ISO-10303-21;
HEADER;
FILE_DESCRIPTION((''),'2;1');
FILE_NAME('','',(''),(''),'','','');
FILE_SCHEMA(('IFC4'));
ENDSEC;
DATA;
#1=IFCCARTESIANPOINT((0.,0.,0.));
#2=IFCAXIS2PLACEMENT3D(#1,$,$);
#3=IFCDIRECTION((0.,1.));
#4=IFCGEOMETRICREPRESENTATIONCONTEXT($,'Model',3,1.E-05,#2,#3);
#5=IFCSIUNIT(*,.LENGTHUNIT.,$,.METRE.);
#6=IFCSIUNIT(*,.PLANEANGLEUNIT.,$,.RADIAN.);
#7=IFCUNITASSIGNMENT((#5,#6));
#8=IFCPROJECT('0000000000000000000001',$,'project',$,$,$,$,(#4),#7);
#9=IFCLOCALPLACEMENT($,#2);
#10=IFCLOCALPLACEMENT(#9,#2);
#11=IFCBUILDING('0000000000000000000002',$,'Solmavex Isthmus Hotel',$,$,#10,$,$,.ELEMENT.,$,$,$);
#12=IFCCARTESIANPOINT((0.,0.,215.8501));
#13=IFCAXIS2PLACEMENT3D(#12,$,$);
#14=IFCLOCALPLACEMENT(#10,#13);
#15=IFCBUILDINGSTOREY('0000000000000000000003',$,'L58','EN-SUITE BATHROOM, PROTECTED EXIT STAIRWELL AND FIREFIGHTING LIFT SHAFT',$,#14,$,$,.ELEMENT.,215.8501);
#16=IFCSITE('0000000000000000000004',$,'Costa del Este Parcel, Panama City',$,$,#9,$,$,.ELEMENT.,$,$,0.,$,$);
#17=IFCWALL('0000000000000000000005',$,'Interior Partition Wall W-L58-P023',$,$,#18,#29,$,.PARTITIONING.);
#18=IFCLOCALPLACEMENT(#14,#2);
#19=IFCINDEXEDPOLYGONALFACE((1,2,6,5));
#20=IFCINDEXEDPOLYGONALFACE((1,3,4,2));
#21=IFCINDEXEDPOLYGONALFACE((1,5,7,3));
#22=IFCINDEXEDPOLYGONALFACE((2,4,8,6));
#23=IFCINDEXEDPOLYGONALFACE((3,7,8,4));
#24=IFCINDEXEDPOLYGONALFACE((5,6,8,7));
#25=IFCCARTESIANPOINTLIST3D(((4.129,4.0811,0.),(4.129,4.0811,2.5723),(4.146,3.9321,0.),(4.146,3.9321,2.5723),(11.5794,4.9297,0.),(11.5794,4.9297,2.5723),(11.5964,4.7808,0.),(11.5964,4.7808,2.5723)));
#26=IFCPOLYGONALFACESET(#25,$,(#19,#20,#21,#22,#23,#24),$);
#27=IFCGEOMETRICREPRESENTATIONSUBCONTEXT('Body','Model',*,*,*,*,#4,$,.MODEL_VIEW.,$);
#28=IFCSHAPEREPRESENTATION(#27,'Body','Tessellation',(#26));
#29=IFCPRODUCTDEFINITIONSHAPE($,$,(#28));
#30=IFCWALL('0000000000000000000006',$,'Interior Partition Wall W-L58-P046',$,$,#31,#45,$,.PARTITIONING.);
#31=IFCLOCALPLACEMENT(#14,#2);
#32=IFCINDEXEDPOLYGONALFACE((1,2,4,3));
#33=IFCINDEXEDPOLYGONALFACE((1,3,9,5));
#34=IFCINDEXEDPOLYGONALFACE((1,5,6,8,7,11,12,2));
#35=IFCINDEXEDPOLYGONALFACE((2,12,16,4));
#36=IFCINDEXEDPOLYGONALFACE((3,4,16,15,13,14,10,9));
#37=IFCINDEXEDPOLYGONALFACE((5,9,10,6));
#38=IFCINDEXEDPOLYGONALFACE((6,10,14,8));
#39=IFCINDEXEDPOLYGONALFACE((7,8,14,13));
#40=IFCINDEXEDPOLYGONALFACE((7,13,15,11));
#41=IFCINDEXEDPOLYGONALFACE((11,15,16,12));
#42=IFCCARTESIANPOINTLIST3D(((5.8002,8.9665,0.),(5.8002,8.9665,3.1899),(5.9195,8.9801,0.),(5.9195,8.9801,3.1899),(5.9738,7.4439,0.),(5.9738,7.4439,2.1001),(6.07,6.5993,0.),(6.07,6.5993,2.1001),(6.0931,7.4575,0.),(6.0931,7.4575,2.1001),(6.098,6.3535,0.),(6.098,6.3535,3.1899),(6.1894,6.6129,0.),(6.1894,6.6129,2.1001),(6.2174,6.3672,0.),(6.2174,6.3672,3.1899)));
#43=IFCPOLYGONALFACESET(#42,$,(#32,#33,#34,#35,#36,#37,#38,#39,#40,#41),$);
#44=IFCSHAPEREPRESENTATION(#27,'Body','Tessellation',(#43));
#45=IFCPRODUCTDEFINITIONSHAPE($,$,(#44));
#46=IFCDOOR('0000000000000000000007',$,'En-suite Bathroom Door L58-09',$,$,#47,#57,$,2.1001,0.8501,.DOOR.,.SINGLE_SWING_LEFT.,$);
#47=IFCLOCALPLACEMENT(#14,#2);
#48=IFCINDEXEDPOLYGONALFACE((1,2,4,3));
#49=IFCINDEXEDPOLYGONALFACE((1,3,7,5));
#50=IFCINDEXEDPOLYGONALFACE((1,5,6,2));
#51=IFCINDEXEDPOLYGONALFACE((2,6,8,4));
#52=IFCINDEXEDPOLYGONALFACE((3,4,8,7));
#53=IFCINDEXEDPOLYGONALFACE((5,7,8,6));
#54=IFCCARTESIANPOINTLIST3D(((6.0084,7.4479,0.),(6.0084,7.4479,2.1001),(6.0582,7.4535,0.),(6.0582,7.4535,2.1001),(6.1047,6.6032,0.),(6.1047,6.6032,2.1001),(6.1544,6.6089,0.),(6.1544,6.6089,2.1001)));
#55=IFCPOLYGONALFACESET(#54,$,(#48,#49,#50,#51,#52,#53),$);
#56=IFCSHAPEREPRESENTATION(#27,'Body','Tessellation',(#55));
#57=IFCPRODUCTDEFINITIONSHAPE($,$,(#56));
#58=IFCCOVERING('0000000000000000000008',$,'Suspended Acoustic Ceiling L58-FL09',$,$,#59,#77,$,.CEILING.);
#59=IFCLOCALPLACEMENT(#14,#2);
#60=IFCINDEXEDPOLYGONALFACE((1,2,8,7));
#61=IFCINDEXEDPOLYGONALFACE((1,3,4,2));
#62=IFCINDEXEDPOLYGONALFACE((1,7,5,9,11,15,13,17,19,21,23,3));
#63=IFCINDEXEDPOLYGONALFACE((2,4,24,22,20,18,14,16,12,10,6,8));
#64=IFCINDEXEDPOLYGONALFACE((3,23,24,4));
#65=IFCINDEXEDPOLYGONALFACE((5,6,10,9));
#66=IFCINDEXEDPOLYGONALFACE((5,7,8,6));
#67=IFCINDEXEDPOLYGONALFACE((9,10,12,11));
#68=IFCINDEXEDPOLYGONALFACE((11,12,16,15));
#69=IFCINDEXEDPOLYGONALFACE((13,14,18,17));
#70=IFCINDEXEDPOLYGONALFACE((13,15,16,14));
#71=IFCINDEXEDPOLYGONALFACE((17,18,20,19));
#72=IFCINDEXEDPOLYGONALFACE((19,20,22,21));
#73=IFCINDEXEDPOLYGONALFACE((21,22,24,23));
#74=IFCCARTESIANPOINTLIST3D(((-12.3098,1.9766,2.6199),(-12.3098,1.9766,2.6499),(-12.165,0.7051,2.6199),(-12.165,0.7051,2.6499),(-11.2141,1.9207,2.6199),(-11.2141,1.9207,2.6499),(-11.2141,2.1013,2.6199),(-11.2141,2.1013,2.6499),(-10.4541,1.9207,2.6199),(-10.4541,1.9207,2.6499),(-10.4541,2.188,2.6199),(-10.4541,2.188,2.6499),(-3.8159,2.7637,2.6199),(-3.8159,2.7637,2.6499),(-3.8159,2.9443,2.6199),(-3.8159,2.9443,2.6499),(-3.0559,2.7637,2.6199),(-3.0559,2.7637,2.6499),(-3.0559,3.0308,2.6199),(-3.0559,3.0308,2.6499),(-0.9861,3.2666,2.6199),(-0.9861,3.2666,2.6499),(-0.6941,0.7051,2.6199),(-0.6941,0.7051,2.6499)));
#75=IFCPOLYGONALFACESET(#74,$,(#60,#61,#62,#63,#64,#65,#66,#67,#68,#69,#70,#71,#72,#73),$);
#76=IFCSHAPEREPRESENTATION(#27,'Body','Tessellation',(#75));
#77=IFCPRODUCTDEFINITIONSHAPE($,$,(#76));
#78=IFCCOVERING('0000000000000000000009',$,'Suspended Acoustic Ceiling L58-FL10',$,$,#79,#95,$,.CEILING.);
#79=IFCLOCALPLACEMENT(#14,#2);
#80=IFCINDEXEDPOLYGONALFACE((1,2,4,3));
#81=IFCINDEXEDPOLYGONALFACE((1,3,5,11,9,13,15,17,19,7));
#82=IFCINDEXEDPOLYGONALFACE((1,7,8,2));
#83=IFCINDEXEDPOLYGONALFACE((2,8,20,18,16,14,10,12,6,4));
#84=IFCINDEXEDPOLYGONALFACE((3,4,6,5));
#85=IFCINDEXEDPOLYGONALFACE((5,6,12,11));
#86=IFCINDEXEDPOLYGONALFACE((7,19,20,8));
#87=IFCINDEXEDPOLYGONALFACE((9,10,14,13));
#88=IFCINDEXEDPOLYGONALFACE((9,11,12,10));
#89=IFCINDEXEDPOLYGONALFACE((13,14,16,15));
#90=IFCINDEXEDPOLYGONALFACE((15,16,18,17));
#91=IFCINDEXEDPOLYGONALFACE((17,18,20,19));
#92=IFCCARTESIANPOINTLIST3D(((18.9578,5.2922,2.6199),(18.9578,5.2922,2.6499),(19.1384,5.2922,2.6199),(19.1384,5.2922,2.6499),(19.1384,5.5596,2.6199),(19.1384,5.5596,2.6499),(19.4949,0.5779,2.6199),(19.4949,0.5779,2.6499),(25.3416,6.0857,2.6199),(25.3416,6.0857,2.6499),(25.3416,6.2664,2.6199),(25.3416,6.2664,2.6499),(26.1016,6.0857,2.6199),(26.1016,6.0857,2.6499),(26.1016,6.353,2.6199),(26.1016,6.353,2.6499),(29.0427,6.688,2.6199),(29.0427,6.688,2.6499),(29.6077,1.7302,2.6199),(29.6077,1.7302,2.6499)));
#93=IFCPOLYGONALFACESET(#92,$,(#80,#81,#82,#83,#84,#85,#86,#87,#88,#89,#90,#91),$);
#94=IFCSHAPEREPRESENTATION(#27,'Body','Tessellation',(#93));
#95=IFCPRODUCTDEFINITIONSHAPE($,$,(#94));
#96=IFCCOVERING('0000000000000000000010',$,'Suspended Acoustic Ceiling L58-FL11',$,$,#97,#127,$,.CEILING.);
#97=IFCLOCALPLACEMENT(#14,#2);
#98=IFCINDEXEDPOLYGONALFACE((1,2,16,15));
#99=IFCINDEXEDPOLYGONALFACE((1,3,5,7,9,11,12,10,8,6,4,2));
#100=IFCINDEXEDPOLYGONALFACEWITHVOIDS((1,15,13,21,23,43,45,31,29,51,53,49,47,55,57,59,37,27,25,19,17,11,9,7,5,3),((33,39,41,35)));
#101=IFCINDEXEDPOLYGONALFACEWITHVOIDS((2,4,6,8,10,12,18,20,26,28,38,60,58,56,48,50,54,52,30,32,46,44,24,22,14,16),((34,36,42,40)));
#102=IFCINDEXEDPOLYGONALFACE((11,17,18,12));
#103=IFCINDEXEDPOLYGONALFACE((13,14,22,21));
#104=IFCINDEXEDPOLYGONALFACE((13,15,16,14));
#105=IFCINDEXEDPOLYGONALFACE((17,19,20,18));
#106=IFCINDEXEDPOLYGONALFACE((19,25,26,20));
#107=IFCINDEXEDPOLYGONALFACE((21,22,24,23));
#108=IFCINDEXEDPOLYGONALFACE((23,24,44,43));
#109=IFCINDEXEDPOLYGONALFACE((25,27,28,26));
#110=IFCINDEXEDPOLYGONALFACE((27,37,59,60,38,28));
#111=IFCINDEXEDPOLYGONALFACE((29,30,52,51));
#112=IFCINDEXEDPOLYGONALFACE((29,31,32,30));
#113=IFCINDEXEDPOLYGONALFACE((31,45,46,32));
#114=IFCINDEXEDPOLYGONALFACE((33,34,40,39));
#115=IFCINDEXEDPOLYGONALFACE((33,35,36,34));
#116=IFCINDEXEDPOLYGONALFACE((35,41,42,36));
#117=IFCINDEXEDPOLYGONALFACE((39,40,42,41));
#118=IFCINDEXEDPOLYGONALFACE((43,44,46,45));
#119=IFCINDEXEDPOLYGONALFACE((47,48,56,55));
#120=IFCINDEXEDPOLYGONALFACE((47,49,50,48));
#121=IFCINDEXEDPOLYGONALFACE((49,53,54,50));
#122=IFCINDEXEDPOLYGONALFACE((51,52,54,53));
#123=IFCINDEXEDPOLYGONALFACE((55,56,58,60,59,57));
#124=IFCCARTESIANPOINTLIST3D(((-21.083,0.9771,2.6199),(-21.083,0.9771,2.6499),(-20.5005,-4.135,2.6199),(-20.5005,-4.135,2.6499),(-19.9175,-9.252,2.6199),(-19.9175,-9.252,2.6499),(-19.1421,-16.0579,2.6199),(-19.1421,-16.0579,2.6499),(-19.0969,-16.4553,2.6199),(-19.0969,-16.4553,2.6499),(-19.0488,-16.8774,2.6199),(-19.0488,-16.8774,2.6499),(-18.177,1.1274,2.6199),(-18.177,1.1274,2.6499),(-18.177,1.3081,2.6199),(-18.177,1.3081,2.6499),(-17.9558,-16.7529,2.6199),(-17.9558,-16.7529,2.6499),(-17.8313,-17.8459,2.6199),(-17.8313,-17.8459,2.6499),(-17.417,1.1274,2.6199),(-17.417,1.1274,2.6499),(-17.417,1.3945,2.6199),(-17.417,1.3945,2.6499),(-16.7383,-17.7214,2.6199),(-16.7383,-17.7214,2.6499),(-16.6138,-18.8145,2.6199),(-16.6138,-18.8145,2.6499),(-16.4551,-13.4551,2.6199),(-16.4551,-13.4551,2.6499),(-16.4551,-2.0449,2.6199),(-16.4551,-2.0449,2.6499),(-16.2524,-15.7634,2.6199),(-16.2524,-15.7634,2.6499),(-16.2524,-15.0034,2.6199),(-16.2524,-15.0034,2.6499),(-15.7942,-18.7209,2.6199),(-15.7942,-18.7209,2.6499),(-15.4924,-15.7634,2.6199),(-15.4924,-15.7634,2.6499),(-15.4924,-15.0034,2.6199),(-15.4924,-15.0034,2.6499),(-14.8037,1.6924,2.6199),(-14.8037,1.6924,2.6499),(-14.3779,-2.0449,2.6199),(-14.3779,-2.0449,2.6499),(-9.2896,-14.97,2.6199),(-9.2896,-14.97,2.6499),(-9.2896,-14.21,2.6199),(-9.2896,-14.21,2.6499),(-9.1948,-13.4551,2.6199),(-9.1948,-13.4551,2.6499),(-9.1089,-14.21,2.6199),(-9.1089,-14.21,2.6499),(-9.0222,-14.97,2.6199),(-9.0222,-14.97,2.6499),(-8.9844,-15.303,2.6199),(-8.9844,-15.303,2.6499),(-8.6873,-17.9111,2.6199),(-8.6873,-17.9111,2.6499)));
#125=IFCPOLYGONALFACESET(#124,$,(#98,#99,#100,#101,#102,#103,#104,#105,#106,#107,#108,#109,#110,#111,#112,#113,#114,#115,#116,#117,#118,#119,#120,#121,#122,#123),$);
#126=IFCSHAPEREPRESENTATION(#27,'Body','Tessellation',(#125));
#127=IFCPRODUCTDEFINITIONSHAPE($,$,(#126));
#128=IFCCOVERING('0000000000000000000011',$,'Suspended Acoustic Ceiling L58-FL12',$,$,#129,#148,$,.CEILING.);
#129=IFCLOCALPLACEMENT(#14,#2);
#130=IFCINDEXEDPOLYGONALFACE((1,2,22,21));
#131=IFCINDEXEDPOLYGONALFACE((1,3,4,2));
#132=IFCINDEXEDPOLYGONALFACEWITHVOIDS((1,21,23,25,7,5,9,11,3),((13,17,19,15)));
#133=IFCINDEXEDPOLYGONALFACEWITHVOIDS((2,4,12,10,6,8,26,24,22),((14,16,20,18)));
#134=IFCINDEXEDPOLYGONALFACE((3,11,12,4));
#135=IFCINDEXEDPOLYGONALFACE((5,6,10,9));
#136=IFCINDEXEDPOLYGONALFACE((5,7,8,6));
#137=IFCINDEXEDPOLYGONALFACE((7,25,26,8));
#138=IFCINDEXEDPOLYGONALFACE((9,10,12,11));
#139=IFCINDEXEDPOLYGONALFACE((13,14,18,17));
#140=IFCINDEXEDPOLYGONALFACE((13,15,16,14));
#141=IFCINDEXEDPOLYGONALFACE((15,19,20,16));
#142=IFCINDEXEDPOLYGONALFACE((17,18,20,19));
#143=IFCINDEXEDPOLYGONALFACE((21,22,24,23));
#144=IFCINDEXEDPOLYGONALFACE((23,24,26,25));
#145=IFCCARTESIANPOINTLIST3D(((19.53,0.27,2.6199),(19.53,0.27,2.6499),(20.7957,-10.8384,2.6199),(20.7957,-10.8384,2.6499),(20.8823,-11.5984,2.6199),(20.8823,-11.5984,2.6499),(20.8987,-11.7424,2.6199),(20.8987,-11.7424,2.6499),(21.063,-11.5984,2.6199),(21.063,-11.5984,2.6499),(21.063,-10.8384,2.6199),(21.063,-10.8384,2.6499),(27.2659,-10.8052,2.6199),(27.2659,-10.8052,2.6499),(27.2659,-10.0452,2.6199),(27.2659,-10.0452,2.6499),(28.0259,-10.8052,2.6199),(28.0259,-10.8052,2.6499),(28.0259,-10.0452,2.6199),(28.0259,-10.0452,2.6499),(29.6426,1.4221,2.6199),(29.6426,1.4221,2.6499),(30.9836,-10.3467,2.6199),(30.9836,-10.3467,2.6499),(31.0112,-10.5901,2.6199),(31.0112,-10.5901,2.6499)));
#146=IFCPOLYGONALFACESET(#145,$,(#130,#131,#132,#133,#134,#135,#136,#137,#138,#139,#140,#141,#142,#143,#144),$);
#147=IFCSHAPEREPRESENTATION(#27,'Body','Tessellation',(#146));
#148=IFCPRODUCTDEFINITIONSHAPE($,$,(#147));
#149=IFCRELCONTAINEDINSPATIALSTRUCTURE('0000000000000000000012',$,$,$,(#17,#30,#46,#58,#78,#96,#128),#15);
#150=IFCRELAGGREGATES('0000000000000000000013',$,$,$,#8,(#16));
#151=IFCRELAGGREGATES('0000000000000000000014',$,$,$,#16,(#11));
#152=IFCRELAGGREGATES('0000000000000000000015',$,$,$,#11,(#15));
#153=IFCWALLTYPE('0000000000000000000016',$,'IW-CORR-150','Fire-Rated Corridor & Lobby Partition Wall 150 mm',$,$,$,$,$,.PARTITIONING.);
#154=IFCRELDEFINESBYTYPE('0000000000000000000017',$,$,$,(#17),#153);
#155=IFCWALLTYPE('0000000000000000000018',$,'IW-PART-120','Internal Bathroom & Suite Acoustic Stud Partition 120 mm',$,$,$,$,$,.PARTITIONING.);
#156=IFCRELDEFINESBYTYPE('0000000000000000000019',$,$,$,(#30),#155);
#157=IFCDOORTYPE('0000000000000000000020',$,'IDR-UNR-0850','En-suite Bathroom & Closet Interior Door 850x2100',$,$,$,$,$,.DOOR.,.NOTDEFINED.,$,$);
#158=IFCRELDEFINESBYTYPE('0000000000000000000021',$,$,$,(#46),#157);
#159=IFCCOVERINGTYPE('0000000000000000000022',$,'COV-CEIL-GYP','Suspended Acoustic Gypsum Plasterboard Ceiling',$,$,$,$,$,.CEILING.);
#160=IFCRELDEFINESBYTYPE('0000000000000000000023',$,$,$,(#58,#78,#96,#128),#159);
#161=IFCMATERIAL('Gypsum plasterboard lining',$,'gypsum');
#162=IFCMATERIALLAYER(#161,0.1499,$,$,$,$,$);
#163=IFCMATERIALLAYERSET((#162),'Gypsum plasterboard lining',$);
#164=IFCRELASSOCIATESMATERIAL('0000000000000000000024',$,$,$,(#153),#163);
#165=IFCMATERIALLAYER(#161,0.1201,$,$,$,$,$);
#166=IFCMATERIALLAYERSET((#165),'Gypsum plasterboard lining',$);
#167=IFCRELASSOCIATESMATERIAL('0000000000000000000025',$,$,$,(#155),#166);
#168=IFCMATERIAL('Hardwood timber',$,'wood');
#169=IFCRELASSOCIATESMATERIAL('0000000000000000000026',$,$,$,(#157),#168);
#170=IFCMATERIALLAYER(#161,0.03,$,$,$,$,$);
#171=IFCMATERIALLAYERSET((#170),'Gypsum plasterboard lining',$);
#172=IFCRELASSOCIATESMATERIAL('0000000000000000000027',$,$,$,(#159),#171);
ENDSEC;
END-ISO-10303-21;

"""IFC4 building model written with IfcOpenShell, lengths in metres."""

from ifc_helpers import new_model, si_unit, direction, frame, frame_2d, origin, place, context, subcontext, project, spatial, polyline, rectangle, outline, extrude, material, layer, layer_set, type_object, element, fill, save


model = new_model("IFC4")

# Units and contexts
model_context = context("Model", 3, precision=1e-05, world=origin(), true_north=direction((0.0, 1.0)))
body_context = subcontext(model_context, "Body", "Model", "MODEL_VIEW")
ifc_project = project(units=[si_unit("LENGTHUNIT", "METRE"), si_unit("PLANEANGLEUNIT", "RADIAN")], contexts=[model_context])

# Site, building, storey
site_placement = place(None, origin())
site = spatial("IfcSite", under=ifc_project, at=site_placement, Name="Costa del Este Parcel, Panama City", CompositionType="ELEMENT", RefElevation=0.0)
building_placement = place(site_placement, origin())
building = spatial("IfcBuilding", under=site, at=building_placement, Name="Solmavex Isthmus Hotel", CompositionType="ELEMENT")
storey_placement = place(building_placement, frame((0.0, 0.0, 215.8501)))
storey = spatial("IfcBuildingStorey", under=building, at=storey_placement, Name="L58", Description="EN-SUITE BATHROOM, PROTECTED EXIT STAIRWELL AND FIREFIGHTING LIFT SHAFT", CompositionType="ELEMENT", Elevation=215.8501)

# Shared definitions
ifc_material_1 = material(Name="Gypsum plasterboard lining", Category="gypsum")
ifc_layer_1 = layer(ifc_material_1, 0.1499)
ifc_layer_set_1 = layer_set([ifc_layer_1], Name="Gypsum plasterboard lining")
wall_type_1 = type_object("IfcWallType", Name="IW-CORR-150", Description="Fire-Rated Corridor & Lobby Partition Wall 150 mm", PredefinedType="PARTITIONING", material=ifc_layer_set_1)
ifc_material_2 = material(Name="Hardwood timber", Category="wood")

# Wall
wall_1_placement = place(storey_placement, frame((11.5879, 4.8552, 0.0), z_axis=(0.0, 0.0, 1.0), x_axis=(-0.993575, -0.113172, 0.0)))
element("IfcWall", 1, at=wall_1_placement, inside=storey, type_object=wall_type_1, Name="Interior Partition Wall W-L58-P023", PredefinedType="PARTITIONING", context=body_context, shape_type="SweptSolid", body=[
    extrude(rectangle(XDim=7.4985, YDim=0.1499, at=frame_2d((3.7493, 0.0))), origin(), (0.0, 0.0, 1.0), 2.5723),
])

# Wall, opening, door
ifc_layer_2 = layer(ifc_material_1, 0.1201)
ifc_layer_set_2 = layer_set([ifc_layer_2], Name="Gypsum plasterboard lining")
wall_type_2 = type_object("IfcWallType", Name="IW-PART-120", Description="Internal Bathroom & Suite Acoustic Stud Partition 120 mm", PredefinedType="PARTITIONING", material=ifc_layer_set_2)
wall_2_placement = place(storey_placement, frame((6.1577, 6.3604, 0.0), z_axis=(0.0, 0.0, 1.0), x_axis=(-0.113253, 0.993566, 0.0)))
wall_2 = element("IfcWall", 2, at=wall_2_placement, inside=storey, type_object=wall_type_2, Name="Interior Partition Wall W-L58-P046", PredefinedType="PARTITIONING", context=body_context, shape_type="SweptSolid", body=[
    extrude(rectangle(XDim=2.6299, YDim=0.1201, at=frame_2d((1.3149, 0.0))), origin(), (0.0, 0.0, 1.0), 3.1899),
])
opening_1_placement = place(wall_2_placement, frame((0.2473, 0.0, 0.0)))
opening_1 = element("IfcOpeningElement", 3, at=opening_1_placement, cuts=wall_2, PredefinedType="OPENING", context=body_context, shape_type="SweptSolid", body=[
    extrude(rectangle(XDim=0.8501, YDim=2.1001, at=frame_2d((0.425, 1.05))), frame((0.0, 0.0701, 0.0), z_axis=(0.0, -1.0, 0.0), x_axis=(1.0, 0.0, 0.0)), (0.0, 0.0, 1.0), 0.1401),
])
door_type_1 = type_object("IfcDoorType", Name="IDR-UNR-0850", Description="En-suite Bathroom & Closet Interior Door 850x2100", OperationType="NOTDEFINED", PredefinedType="DOOR", material=ifc_material_2)
door_1_placement = place(opening_1_placement, frame((0.8501, 0.0, 0.0), z_axis=(0.0, 0.0, 1.0), x_axis=(-1.0, 0.0, 0.0)))
door_1 = element("IfcDoor", 4, at=door_1_placement, inside=storey, type_object=door_type_1, Name="En-suite Bathroom Door L58-09", OperationType="SINGLE_SWING_LEFT", OverallHeight=2.1001, OverallWidth=0.8501, PredefinedType="DOOR", context=body_context, shape_type="SweptSolid", body=[
    extrude(rectangle(XDim=0.8501, YDim=2.1001, at=frame_2d((0.425, 1.05))), frame((0.0, 0.0249, 0.0), z_axis=(0.0, -1.0, 0.0), x_axis=(1.0, 0.0, 0.0)), (0.0, 0.0, 1.0), 0.05),
])
fill(opening_1, door_1)

# Coverings
ifc_layer_3 = layer(ifc_material_1, 0.03)
ifc_layer_set_3 = layer_set([ifc_layer_3], Name="Gypsum plasterboard lining")
covering_type_1 = type_object("IfcCoveringType", Name="COV-CEIL-GYP", Description="Suspended Acoustic Gypsum Plasterboard Ceiling", PredefinedType="CEILING", material=ifc_layer_set_3)
covering_1_placement = place(storey_placement, frame((0.0, 0.0, 2.6199)))
element("IfcCovering", 5, at=covering_1_placement, inside=storey, type_object=covering_type_1, Name="Suspended Acoustic Ceiling L58-FL09", PredefinedType="CEILING", context=body_context, shape_type="SweptSolid", body=[
    extrude(outline(polyline([(-10.4541, 2.188), (-10.4541, 1.9207), (-11.2141, 1.9207), (-11.2141, 2.1013), (-12.3098, 1.9766), (-12.165, 0.7051), (-0.6941, 0.7051), (-0.9861, 3.2666), (-3.0559, 3.0308), (-3.0559, 2.7637), (-3.8159, 2.7637), (-3.8159, 2.9443), (-10.4541, 2.188)])), origin(), (0.0, 0.0, 1.0), 0.03),
])
covering_2_placement = place(storey_placement, frame((0.0, 0.0, 2.6199)))
element("IfcCovering", 6, at=covering_2_placement, inside=storey, type_object=covering_type_1, Name="Suspended Acoustic Ceiling L58-FL10", PredefinedType="CEILING", context=body_context, shape_type="SweptSolid", body=[
    extrude(outline(polyline([(19.1384, 5.5596), (19.1384, 5.2922), (18.9578, 5.2922), (19.4949, 0.5779), (29.6077, 1.7302), (29.0427, 6.688), (26.1016, 6.353), (26.1016, 6.0857), (25.3416, 6.0857), (25.3416, 6.2664), (19.1384, 5.5596)])), origin(), (0.0, 0.0, 1.0), 0.03),
])
covering_3_placement = place(storey_placement, frame((0.0, 0.0, 2.6199)))
element("IfcCovering", 7, at=covering_3_placement, inside=storey, type_object=covering_type_1, Name="Suspended Acoustic Ceiling L58-FL11", PredefinedType="CEILING", context=body_context, shape_type="SweptSolid", body=[
    extrude(outline(polyline([(-17.417, 1.3945), (-17.417, 1.1274), (-18.177, 1.1274), (-18.177, 1.3081), (-21.083, 0.9771), (-20.5005, -4.135), (-19.9175, -9.252), (-19.1421, -16.0579), (-19.0969, -16.4553), (-19.0488, -16.8774), (-17.9558, -16.7529), (-17.8313, -17.8459), (-16.7383, -17.7214), (-16.6138, -18.8145), (-15.7942, -18.7209), (-8.6873, -17.9111), (-8.9844, -15.303), (-9.0222, -14.97), (-9.2896, -14.97), (-9.2896, -14.21), (-9.1089, -14.21), (-9.1948, -13.4551), (-16.4551, -13.4551), (-16.4551, -2.0449), (-14.3779, -2.0449), (-14.8037, 1.6924), (-17.417, 1.3945)]), holes=[polyline([(-16.2524, -15.7634), (-16.2524, -15.0034), (-15.4924, -15.0034), (-15.4924, -15.7634), (-16.2524, -15.7634)])]), origin(), (0.0, 0.0, 1.0), 0.03),
])
covering_4_placement = place(storey_placement, frame((0.0, 0.0, 2.6199)))
element("IfcCovering", 8, at=covering_4_placement, inside=storey, type_object=covering_type_1, Name="Suspended Acoustic Ceiling L58-FL12", PredefinedType="CEILING", context=body_context, shape_type="SweptSolid", body=[
    extrude(outline(polyline([(20.7957, -10.8384), (21.063, -10.8384), (21.063, -11.5984), (20.8823, -11.5984), (20.8987, -11.7424), (31.0112, -10.5901), (30.9836, -10.3467), (29.6426, 1.4221), (19.53, 0.27), (20.7957, -10.8384)]), holes=[polyline([(27.2659, -10.8052), (27.2659, -10.0452), (28.0259, -10.0452), (28.0259, -10.8052), (27.2659, -10.8052)])]), origin(), (0.0, 0.0, 1.0), 0.03),
])

save(model, "model.ifc")
